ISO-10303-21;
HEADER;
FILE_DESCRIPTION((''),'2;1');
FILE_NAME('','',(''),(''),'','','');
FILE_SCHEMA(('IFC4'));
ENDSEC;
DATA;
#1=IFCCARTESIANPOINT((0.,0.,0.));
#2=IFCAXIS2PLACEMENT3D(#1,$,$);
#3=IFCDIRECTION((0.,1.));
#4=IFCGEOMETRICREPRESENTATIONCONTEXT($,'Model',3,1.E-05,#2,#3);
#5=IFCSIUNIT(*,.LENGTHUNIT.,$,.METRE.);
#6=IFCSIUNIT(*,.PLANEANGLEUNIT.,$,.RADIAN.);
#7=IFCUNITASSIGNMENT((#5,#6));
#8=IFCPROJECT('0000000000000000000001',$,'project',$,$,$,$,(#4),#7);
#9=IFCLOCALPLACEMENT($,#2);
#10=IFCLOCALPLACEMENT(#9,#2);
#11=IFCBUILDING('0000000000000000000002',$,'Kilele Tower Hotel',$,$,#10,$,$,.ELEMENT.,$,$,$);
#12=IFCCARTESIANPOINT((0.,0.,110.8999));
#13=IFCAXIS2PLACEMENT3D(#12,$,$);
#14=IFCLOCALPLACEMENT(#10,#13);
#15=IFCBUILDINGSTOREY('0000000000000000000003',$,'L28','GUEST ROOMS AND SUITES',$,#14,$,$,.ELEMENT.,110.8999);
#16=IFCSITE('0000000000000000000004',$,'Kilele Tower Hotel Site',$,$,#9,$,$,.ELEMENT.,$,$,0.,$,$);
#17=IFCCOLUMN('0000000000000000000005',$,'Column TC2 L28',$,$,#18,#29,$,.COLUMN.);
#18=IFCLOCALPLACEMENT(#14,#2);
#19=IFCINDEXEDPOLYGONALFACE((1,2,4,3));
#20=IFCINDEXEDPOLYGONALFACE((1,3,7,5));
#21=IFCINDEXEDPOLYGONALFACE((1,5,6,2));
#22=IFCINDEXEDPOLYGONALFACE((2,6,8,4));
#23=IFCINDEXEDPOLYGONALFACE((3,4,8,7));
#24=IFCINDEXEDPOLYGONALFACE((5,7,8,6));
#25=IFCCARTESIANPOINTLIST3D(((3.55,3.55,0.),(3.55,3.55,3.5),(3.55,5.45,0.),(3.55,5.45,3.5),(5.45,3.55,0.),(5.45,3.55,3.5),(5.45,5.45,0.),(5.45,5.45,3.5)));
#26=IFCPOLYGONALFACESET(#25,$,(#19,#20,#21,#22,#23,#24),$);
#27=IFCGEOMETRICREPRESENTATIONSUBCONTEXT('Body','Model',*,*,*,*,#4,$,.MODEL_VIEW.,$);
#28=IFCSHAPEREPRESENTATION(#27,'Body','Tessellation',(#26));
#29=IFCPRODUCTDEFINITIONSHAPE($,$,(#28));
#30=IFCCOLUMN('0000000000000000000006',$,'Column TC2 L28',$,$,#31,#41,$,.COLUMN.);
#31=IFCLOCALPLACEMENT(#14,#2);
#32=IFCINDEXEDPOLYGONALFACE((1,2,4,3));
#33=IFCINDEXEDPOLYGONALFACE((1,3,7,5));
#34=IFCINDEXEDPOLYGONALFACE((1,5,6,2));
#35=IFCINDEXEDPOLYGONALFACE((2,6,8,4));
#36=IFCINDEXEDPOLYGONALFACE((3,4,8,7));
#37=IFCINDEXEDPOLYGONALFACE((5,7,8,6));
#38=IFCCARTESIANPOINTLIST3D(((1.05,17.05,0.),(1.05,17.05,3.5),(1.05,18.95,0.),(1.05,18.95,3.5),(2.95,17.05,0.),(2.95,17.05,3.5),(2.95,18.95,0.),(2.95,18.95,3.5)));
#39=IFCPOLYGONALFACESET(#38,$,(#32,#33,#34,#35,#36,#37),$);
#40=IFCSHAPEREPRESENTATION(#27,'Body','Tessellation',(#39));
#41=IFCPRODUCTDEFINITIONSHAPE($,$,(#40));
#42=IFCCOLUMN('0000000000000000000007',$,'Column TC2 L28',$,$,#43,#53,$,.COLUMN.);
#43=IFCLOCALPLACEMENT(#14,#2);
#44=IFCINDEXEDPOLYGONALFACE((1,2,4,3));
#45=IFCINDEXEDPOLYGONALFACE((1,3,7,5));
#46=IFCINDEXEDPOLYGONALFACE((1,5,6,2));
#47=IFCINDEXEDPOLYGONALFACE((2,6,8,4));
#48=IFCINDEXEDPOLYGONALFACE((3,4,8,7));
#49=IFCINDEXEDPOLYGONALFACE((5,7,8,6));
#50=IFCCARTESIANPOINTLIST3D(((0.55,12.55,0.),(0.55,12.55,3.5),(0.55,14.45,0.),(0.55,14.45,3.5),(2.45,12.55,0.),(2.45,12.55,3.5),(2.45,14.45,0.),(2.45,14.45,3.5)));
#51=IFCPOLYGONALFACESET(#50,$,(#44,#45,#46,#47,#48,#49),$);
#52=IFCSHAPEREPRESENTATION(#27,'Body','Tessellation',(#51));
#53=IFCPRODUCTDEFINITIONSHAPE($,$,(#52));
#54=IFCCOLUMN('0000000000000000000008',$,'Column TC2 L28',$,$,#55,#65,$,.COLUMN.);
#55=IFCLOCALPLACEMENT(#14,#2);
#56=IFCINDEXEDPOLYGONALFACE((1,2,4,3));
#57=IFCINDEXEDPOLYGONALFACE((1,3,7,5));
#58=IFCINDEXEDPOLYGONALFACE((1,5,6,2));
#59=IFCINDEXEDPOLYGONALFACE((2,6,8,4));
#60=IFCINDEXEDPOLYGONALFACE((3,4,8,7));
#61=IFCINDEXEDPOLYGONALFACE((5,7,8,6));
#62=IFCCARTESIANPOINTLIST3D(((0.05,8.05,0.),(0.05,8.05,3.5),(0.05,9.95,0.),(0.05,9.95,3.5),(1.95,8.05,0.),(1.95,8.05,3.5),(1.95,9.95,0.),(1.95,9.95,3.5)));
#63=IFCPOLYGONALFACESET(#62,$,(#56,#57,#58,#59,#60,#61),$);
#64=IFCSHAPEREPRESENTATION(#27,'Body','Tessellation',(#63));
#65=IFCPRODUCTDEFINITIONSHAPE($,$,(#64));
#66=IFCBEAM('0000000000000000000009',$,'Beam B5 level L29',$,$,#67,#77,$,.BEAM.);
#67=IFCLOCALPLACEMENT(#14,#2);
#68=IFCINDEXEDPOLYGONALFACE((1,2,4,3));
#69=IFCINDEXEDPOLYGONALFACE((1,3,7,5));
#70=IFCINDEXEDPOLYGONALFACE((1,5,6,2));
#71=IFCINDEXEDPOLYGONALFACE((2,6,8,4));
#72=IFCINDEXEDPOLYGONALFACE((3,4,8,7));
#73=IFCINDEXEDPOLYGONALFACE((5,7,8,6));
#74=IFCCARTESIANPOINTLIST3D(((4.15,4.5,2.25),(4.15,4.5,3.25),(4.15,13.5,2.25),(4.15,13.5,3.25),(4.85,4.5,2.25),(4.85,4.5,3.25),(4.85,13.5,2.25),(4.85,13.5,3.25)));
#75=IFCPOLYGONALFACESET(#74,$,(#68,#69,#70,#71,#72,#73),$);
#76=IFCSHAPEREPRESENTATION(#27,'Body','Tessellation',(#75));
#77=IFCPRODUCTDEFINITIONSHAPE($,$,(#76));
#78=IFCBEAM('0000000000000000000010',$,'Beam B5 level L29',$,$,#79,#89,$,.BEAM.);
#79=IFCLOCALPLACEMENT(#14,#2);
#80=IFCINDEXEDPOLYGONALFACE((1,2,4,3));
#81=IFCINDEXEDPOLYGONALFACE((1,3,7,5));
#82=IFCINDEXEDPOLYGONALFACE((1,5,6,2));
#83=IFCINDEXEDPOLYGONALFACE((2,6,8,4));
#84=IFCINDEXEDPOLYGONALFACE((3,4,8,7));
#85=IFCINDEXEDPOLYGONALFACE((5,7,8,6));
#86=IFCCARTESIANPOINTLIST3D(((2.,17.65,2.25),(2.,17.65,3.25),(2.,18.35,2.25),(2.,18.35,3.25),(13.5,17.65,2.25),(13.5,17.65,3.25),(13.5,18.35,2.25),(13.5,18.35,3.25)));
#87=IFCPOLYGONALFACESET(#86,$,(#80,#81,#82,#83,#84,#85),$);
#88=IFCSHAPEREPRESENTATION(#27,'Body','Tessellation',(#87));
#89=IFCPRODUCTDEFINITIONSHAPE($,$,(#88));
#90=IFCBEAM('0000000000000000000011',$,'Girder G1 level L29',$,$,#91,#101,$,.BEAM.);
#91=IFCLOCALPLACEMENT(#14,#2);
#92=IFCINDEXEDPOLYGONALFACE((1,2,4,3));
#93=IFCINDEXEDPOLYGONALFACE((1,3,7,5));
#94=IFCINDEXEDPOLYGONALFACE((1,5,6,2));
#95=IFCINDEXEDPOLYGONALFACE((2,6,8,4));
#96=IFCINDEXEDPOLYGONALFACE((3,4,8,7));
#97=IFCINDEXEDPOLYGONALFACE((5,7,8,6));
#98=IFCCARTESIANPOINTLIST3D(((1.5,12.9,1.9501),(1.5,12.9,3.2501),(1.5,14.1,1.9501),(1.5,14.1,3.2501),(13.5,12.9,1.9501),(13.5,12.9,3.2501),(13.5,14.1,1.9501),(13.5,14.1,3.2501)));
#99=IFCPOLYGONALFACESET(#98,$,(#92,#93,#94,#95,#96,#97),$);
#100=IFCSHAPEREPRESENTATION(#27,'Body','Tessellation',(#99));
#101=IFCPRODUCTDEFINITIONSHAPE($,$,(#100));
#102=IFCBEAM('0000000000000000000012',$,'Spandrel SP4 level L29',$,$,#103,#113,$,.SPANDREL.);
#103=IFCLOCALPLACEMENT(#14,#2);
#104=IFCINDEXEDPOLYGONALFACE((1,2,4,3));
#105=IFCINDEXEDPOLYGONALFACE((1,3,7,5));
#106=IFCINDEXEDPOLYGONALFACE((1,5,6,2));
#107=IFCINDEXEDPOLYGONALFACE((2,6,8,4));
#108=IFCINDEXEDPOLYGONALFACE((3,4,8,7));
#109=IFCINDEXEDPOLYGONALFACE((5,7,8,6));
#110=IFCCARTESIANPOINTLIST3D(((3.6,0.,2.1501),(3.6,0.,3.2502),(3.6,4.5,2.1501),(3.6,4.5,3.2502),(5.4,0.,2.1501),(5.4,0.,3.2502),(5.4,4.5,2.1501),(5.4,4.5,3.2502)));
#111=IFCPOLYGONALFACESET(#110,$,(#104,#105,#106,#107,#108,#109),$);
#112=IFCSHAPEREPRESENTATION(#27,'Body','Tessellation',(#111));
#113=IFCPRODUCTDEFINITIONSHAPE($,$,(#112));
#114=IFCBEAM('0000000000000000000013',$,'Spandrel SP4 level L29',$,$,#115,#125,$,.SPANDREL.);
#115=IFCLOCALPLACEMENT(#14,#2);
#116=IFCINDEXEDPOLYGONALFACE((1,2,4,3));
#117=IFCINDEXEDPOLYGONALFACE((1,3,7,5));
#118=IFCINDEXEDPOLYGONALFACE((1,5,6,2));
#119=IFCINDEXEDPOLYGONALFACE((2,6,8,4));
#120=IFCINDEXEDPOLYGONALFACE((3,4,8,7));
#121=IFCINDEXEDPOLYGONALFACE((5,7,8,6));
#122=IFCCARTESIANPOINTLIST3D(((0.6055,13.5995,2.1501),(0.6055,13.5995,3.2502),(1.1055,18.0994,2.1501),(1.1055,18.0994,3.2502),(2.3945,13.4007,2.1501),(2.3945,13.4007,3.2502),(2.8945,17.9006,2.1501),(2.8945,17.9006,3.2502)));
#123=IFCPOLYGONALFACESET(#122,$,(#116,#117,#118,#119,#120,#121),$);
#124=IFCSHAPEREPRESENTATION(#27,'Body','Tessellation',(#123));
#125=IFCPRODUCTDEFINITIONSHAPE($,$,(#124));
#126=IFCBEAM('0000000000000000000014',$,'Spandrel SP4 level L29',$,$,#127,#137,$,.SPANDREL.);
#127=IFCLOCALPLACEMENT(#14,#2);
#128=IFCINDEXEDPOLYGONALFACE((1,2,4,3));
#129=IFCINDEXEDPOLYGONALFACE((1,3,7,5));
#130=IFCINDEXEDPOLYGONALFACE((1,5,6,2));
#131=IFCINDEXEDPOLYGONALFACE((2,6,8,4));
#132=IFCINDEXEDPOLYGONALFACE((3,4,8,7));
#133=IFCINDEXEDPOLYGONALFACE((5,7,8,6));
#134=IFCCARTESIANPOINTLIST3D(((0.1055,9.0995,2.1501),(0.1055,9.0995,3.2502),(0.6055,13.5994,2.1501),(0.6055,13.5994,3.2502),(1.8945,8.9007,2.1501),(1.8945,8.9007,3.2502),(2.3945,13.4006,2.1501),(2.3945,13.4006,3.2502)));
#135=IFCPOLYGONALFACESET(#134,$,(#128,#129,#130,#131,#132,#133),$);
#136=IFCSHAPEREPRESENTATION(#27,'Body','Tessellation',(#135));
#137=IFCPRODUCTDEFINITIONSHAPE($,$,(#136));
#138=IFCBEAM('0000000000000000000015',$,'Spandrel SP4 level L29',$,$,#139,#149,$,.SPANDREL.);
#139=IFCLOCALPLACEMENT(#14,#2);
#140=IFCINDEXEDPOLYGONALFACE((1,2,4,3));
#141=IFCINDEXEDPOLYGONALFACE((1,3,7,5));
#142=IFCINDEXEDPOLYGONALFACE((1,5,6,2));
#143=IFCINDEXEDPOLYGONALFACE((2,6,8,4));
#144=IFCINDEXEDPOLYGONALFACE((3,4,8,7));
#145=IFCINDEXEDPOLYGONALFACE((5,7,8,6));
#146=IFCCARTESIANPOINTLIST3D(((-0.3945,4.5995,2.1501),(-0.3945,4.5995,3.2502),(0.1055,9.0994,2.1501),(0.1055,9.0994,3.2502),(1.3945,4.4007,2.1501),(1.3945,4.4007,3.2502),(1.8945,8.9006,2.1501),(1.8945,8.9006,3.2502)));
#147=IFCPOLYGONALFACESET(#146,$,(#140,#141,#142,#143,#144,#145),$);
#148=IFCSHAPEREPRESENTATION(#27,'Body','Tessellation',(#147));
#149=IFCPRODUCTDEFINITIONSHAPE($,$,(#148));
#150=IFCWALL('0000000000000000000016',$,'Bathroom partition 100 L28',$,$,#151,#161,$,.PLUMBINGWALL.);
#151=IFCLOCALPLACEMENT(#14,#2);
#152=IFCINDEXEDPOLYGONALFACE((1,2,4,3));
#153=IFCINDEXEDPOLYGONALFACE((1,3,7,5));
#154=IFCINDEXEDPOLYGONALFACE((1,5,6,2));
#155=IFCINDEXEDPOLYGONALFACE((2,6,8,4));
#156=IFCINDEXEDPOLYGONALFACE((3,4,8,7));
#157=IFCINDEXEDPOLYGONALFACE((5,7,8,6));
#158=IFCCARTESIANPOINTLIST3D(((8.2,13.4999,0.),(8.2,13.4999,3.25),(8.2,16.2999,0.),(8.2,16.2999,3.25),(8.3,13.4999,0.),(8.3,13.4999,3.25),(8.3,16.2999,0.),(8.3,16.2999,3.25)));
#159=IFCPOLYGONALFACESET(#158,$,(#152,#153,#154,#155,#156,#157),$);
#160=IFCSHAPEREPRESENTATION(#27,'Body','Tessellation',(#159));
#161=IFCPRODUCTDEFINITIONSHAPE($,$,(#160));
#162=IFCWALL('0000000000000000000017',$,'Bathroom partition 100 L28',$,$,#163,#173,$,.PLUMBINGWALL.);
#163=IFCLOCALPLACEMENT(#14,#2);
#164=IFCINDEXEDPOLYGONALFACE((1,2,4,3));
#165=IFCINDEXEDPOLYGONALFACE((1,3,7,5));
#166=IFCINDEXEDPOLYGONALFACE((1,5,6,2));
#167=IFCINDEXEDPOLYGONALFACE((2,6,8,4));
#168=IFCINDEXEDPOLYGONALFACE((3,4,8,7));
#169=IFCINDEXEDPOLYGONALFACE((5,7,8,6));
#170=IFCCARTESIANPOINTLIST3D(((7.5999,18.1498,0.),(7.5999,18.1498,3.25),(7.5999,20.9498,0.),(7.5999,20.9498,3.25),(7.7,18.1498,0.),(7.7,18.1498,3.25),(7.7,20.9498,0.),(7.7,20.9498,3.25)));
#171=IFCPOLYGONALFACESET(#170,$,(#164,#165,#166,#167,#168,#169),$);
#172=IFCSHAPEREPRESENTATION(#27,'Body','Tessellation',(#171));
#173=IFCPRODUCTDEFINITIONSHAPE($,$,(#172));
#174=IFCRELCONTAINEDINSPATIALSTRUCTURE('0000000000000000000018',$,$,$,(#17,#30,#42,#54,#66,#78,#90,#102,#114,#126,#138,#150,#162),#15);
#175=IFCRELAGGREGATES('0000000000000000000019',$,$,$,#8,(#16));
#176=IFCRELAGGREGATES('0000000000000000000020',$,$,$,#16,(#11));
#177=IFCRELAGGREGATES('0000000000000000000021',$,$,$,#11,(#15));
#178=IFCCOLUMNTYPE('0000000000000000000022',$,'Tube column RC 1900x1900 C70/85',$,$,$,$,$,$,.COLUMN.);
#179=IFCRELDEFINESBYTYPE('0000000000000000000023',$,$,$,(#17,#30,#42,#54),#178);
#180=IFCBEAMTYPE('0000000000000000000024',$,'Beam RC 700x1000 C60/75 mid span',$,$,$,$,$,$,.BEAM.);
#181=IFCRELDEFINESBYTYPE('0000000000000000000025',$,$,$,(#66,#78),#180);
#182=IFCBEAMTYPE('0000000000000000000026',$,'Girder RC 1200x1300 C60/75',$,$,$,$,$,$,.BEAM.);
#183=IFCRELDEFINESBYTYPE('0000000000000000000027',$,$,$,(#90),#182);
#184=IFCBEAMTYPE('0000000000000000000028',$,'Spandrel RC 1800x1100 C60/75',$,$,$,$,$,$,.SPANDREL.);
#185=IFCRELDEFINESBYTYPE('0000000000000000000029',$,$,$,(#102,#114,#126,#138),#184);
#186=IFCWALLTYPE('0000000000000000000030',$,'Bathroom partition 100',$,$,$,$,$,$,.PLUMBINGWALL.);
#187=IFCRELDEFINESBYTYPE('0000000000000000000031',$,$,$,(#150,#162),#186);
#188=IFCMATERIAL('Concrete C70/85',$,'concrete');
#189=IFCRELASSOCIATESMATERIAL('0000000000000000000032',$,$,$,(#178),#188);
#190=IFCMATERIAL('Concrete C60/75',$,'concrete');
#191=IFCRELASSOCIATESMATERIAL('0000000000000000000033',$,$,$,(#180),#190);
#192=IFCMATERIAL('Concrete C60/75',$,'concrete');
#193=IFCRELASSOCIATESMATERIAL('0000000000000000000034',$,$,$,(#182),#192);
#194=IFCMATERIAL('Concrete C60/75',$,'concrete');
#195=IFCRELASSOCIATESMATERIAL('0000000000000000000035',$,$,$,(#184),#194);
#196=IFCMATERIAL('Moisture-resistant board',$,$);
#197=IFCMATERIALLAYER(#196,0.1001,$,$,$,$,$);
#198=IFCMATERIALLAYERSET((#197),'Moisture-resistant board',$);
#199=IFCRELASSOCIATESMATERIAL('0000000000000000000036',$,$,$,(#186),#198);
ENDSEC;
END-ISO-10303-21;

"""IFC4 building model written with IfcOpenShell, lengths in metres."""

from ifc_helpers import new_model, si_unit, direction, frame, frame_2d, origin, origin_2d, place, context, subcontext, project, spatial, rectangle, extrude, material, layer, layer_set, material_profile, profile_set, type_object, element, save


model = new_model("IFC4")

# Units and contexts
model_context = context("Model", 3, precision=1e-05, world=origin(), true_north=direction((0.0, 1.0)))
body_context = subcontext(model_context, "Body", "Model", "MODEL_VIEW")
ifc_project = project(units=[si_unit("LENGTHUNIT", "METRE"), si_unit("PLANEANGLEUNIT", "RADIAN")], contexts=[model_context])

# Site, building, storey
site_placement = place(None, origin())
site = spatial("IfcSite", under=ifc_project, at=site_placement, Name="Kilele Tower Hotel Site", CompositionType="ELEMENT", RefElevation=0.0)
building_placement = place(site_placement, origin())
building = spatial("IfcBuilding", under=site, at=building_placement, Name="Kilele Tower Hotel", CompositionType="ELEMENT")
storey_placement = place(building_placement, frame((0.0, 0.0, 110.8999)))
storey = spatial("IfcBuildingStorey", under=building, at=storey_placement, Name="L28", Description="GUEST ROOMS AND SUITES", CompositionType="ELEMENT", Elevation=110.8999)

# Columns
ifc_material_1 = material(Name="Concrete C70/85", Category="concrete")
ifc_material_profile_1 = material_profile(ifc_material_1, rectangle(XDim=1.8999, YDim=1.8999, at=origin_2d()))
ifc_profile_set_1 = profile_set([ifc_material_profile_1], Name="Concrete C70/85")
column_type = type_object("IfcColumnType", Name="Tube column RC 1900x1900 C70/85", PredefinedType="COLUMN", material=ifc_profile_set_1)
for number, where, z_axis, x_axis, name in (
    (1, (4.5, 4.5, 0.0), (0.0, 0.0, 1.0), (1.0, 0.0, 0.0), "Column TC2 L28"),
    (2, (2.0, 18.0, 0.0), (0.0, 0.0, 1.0), (1.0, 0.0, 0.0), "Column TC2 L28"),
    (3, (1.5, 13.5, 0.0), (0.0, 0.0, 1.0), (1.0, 0.0, 0.0), "Column TC2 L28"),
    (4, (1.0, 9.0, 0.0), (0.0, 0.0, 1.0), (1.0, 0.0, 0.0), "Column TC2 L28"),
):
    element("IfcColumn", number, at=place(storey_placement, frame(where, z_axis=z_axis, x_axis=x_axis)), inside=storey, type_object=column_type, Name=name, PredefinedType="COLUMN", context=body_context, shape_type="SweptSolid", body=[
        extrude(rectangle(XDim=1.8999, YDim=1.8999, at=origin_2d()), origin(), (0.0, 0.0, 1.0), 3.5),
    ])

# Beams
ifc_material_2 = material(Name="Concrete C60/75", Category="concrete")
ifc_material_profile_2 = material_profile(ifc_material_2, rectangle(XDim=0.7, YDim=1.0, at=origin_2d()))
ifc_profile_set_2 = profile_set([ifc_material_profile_2], Name="Concrete C60/75")
beam_type_1 = type_object("IfcBeamType", Name="Beam RC 700x1000 C60/75 mid span", PredefinedType="BEAM", material=ifc_profile_set_2)
beam_1_placement = place(storey_placement, frame((4.5, 4.5, 2.75), z_axis=(0.0, 1.0, 0.0), x_axis=(-1.0, 0.0, 0.0)))
element("IfcBeam", 5, at=beam_1_placement, inside=storey, type_object=beam_type_1, Name="Beam B5 level L29", PredefinedType="BEAM", context=body_context, shape_type="SweptSolid", body=[
    extrude(rectangle(XDim=0.7, YDim=1.0, at=origin_2d()), origin(), (0.0, 0.0, 1.0), 9.0),
])
beam_2_placement = place(storey_placement, frame((2.0, 18.0, 2.75), z_axis=(1.0, 0.0, 0.0), x_axis=(0.0, 1.0, 0.0)))
element("IfcBeam", 6, at=beam_2_placement, inside=storey, type_object=beam_type_1, Name="Beam B5 level L29", PredefinedType="BEAM", context=body_context, shape_type="SweptSolid", body=[
    extrude(rectangle(XDim=0.7, YDim=1.0, at=origin_2d()), origin(), (0.0, 0.0, 1.0), 11.5),
])
ifc_material_3 = material(Name="Concrete C60/75", Category="concrete")
ifc_material_profile_3 = material_profile(ifc_material_3, rectangle(XDim=1.2, YDim=1.3, at=origin_2d()))
ifc_profile_set_3 = profile_set([ifc_material_profile_3], Name="Concrete C60/75")
beam_type_2 = type_object("IfcBeamType", Name="Girder RC 1200x1300 C60/75", PredefinedType="BEAM", material=ifc_profile_set_3)
beam_3_placement = place(storey_placement, frame((1.5, 13.5, 2.6001), z_axis=(1.0, 0.0, 0.0), x_axis=(0.0, 1.0, 0.0)))
element("IfcBeam", 7, at=beam_3_placement, inside=storey, type_object=beam_type_2, Name="Girder G1 level L29", PredefinedType="BEAM", context=body_context, shape_type="SweptSolid", body=[
    extrude(rectangle(XDim=1.2, YDim=1.3, at=origin_2d()), origin(), (0.0, 0.0, 1.0), 12.0),
])
ifc_material_4 = material(Name="Concrete C60/75", Category="concrete")
ifc_material_profile_4 = material_profile(ifc_material_4, rectangle(XDim=1.8, YDim=1.1001, at=origin_2d()))
ifc_profile_set_4 = profile_set([ifc_material_profile_4], Name="Concrete C60/75")
beam_type_3 = type_object("IfcBeamType", Name="Spandrel RC 1800x1100 C60/75", PredefinedType="SPANDREL", material=ifc_profile_set_4)
beam_4_placement = place(storey_placement, frame((4.5, 4.5, 2.7002), z_axis=(0.0, -1.0, 0.0), x_axis=(1.0, 0.0, 0.0)))
element("IfcBeam", 8, at=beam_4_placement, inside=storey, type_object=beam_type_3, Name="Spandrel SP4 level L29", PredefinedType="SPANDREL", context=body_context, shape_type="SweptSolid", body=[
    extrude(rectangle(XDim=1.8, YDim=1.1001, at=origin_2d()), origin(), (0.0, 0.0, 1.0), 4.5),
])
for number, where, z_axis, x_axis, name in (
    (9, (2.0, 18.0, 2.7002), (-0.110432, -0.993884, 0.0), (0.993884, -0.110432, 0.0), "Spandrel SP4 level L29"),
    (10, (1.5, 13.5, 2.7002), (-0.110432, -0.993884, 0.0), (0.993884, -0.110432, 0.0), "Spandrel SP4 level L29"),
    (11, (1.0, 9.0, 2.7002), (-0.110432, -0.993884, 0.0), (0.993884, -0.110432, 0.0), "Spandrel SP4 level L29"),
):
    element("IfcBeam", number, at=place(storey_placement, frame(where, z_axis=z_axis, x_axis=x_axis)), inside=storey, type_object=beam_type_3, Name=name, PredefinedType="SPANDREL", context=body_context, shape_type="SweptSolid", body=[
        extrude(rectangle(XDim=1.8, YDim=1.1001, at=origin_2d()), origin(), (0.0, 0.0, 1.0), 4.5276),
    ])

# Walls
ifc_material_5 = material(Name="Moisture-resistant board")
ifc_layer_1 = layer(ifc_material_5, 0.1001)
ifc_layer_set_1 = layer_set([ifc_layer_1], Name="Moisture-resistant board")
wall_type_1 = type_object("IfcWallType", Name="Bathroom partition 100", PredefinedType="PLUMBINGWALL", material=ifc_layer_set_1)
for number, where, z_axis, x_axis, name in (
    (12, (8.25, 13.5, 0.0), (0.0, 0.0, 1.0), (0.0, 1.0, 0.0), "Bathroom partition 100 L28"),
    (13, (7.6499, 18.1499, 0.0), (0.0, 0.0, 1.0), (0.0, 1.0, 0.0), "Bathroom partition 100 L28"),
):
    element("IfcWall", number, at=place(storey_placement, frame(where, z_axis=z_axis, x_axis=x_axis)), inside=storey, type_object=wall_type_1, Name=name, PredefinedType="PLUMBINGWALL", context=body_context, shape_type="SweptSolid", body=[
        extrude(rectangle(XDim=2.8, YDim=0.1001, at=frame_2d((1.3999, 0.0))), origin(), (0.0, 0.0, 1.0), 3.25),
    ])

save(model, "model.ifc")
